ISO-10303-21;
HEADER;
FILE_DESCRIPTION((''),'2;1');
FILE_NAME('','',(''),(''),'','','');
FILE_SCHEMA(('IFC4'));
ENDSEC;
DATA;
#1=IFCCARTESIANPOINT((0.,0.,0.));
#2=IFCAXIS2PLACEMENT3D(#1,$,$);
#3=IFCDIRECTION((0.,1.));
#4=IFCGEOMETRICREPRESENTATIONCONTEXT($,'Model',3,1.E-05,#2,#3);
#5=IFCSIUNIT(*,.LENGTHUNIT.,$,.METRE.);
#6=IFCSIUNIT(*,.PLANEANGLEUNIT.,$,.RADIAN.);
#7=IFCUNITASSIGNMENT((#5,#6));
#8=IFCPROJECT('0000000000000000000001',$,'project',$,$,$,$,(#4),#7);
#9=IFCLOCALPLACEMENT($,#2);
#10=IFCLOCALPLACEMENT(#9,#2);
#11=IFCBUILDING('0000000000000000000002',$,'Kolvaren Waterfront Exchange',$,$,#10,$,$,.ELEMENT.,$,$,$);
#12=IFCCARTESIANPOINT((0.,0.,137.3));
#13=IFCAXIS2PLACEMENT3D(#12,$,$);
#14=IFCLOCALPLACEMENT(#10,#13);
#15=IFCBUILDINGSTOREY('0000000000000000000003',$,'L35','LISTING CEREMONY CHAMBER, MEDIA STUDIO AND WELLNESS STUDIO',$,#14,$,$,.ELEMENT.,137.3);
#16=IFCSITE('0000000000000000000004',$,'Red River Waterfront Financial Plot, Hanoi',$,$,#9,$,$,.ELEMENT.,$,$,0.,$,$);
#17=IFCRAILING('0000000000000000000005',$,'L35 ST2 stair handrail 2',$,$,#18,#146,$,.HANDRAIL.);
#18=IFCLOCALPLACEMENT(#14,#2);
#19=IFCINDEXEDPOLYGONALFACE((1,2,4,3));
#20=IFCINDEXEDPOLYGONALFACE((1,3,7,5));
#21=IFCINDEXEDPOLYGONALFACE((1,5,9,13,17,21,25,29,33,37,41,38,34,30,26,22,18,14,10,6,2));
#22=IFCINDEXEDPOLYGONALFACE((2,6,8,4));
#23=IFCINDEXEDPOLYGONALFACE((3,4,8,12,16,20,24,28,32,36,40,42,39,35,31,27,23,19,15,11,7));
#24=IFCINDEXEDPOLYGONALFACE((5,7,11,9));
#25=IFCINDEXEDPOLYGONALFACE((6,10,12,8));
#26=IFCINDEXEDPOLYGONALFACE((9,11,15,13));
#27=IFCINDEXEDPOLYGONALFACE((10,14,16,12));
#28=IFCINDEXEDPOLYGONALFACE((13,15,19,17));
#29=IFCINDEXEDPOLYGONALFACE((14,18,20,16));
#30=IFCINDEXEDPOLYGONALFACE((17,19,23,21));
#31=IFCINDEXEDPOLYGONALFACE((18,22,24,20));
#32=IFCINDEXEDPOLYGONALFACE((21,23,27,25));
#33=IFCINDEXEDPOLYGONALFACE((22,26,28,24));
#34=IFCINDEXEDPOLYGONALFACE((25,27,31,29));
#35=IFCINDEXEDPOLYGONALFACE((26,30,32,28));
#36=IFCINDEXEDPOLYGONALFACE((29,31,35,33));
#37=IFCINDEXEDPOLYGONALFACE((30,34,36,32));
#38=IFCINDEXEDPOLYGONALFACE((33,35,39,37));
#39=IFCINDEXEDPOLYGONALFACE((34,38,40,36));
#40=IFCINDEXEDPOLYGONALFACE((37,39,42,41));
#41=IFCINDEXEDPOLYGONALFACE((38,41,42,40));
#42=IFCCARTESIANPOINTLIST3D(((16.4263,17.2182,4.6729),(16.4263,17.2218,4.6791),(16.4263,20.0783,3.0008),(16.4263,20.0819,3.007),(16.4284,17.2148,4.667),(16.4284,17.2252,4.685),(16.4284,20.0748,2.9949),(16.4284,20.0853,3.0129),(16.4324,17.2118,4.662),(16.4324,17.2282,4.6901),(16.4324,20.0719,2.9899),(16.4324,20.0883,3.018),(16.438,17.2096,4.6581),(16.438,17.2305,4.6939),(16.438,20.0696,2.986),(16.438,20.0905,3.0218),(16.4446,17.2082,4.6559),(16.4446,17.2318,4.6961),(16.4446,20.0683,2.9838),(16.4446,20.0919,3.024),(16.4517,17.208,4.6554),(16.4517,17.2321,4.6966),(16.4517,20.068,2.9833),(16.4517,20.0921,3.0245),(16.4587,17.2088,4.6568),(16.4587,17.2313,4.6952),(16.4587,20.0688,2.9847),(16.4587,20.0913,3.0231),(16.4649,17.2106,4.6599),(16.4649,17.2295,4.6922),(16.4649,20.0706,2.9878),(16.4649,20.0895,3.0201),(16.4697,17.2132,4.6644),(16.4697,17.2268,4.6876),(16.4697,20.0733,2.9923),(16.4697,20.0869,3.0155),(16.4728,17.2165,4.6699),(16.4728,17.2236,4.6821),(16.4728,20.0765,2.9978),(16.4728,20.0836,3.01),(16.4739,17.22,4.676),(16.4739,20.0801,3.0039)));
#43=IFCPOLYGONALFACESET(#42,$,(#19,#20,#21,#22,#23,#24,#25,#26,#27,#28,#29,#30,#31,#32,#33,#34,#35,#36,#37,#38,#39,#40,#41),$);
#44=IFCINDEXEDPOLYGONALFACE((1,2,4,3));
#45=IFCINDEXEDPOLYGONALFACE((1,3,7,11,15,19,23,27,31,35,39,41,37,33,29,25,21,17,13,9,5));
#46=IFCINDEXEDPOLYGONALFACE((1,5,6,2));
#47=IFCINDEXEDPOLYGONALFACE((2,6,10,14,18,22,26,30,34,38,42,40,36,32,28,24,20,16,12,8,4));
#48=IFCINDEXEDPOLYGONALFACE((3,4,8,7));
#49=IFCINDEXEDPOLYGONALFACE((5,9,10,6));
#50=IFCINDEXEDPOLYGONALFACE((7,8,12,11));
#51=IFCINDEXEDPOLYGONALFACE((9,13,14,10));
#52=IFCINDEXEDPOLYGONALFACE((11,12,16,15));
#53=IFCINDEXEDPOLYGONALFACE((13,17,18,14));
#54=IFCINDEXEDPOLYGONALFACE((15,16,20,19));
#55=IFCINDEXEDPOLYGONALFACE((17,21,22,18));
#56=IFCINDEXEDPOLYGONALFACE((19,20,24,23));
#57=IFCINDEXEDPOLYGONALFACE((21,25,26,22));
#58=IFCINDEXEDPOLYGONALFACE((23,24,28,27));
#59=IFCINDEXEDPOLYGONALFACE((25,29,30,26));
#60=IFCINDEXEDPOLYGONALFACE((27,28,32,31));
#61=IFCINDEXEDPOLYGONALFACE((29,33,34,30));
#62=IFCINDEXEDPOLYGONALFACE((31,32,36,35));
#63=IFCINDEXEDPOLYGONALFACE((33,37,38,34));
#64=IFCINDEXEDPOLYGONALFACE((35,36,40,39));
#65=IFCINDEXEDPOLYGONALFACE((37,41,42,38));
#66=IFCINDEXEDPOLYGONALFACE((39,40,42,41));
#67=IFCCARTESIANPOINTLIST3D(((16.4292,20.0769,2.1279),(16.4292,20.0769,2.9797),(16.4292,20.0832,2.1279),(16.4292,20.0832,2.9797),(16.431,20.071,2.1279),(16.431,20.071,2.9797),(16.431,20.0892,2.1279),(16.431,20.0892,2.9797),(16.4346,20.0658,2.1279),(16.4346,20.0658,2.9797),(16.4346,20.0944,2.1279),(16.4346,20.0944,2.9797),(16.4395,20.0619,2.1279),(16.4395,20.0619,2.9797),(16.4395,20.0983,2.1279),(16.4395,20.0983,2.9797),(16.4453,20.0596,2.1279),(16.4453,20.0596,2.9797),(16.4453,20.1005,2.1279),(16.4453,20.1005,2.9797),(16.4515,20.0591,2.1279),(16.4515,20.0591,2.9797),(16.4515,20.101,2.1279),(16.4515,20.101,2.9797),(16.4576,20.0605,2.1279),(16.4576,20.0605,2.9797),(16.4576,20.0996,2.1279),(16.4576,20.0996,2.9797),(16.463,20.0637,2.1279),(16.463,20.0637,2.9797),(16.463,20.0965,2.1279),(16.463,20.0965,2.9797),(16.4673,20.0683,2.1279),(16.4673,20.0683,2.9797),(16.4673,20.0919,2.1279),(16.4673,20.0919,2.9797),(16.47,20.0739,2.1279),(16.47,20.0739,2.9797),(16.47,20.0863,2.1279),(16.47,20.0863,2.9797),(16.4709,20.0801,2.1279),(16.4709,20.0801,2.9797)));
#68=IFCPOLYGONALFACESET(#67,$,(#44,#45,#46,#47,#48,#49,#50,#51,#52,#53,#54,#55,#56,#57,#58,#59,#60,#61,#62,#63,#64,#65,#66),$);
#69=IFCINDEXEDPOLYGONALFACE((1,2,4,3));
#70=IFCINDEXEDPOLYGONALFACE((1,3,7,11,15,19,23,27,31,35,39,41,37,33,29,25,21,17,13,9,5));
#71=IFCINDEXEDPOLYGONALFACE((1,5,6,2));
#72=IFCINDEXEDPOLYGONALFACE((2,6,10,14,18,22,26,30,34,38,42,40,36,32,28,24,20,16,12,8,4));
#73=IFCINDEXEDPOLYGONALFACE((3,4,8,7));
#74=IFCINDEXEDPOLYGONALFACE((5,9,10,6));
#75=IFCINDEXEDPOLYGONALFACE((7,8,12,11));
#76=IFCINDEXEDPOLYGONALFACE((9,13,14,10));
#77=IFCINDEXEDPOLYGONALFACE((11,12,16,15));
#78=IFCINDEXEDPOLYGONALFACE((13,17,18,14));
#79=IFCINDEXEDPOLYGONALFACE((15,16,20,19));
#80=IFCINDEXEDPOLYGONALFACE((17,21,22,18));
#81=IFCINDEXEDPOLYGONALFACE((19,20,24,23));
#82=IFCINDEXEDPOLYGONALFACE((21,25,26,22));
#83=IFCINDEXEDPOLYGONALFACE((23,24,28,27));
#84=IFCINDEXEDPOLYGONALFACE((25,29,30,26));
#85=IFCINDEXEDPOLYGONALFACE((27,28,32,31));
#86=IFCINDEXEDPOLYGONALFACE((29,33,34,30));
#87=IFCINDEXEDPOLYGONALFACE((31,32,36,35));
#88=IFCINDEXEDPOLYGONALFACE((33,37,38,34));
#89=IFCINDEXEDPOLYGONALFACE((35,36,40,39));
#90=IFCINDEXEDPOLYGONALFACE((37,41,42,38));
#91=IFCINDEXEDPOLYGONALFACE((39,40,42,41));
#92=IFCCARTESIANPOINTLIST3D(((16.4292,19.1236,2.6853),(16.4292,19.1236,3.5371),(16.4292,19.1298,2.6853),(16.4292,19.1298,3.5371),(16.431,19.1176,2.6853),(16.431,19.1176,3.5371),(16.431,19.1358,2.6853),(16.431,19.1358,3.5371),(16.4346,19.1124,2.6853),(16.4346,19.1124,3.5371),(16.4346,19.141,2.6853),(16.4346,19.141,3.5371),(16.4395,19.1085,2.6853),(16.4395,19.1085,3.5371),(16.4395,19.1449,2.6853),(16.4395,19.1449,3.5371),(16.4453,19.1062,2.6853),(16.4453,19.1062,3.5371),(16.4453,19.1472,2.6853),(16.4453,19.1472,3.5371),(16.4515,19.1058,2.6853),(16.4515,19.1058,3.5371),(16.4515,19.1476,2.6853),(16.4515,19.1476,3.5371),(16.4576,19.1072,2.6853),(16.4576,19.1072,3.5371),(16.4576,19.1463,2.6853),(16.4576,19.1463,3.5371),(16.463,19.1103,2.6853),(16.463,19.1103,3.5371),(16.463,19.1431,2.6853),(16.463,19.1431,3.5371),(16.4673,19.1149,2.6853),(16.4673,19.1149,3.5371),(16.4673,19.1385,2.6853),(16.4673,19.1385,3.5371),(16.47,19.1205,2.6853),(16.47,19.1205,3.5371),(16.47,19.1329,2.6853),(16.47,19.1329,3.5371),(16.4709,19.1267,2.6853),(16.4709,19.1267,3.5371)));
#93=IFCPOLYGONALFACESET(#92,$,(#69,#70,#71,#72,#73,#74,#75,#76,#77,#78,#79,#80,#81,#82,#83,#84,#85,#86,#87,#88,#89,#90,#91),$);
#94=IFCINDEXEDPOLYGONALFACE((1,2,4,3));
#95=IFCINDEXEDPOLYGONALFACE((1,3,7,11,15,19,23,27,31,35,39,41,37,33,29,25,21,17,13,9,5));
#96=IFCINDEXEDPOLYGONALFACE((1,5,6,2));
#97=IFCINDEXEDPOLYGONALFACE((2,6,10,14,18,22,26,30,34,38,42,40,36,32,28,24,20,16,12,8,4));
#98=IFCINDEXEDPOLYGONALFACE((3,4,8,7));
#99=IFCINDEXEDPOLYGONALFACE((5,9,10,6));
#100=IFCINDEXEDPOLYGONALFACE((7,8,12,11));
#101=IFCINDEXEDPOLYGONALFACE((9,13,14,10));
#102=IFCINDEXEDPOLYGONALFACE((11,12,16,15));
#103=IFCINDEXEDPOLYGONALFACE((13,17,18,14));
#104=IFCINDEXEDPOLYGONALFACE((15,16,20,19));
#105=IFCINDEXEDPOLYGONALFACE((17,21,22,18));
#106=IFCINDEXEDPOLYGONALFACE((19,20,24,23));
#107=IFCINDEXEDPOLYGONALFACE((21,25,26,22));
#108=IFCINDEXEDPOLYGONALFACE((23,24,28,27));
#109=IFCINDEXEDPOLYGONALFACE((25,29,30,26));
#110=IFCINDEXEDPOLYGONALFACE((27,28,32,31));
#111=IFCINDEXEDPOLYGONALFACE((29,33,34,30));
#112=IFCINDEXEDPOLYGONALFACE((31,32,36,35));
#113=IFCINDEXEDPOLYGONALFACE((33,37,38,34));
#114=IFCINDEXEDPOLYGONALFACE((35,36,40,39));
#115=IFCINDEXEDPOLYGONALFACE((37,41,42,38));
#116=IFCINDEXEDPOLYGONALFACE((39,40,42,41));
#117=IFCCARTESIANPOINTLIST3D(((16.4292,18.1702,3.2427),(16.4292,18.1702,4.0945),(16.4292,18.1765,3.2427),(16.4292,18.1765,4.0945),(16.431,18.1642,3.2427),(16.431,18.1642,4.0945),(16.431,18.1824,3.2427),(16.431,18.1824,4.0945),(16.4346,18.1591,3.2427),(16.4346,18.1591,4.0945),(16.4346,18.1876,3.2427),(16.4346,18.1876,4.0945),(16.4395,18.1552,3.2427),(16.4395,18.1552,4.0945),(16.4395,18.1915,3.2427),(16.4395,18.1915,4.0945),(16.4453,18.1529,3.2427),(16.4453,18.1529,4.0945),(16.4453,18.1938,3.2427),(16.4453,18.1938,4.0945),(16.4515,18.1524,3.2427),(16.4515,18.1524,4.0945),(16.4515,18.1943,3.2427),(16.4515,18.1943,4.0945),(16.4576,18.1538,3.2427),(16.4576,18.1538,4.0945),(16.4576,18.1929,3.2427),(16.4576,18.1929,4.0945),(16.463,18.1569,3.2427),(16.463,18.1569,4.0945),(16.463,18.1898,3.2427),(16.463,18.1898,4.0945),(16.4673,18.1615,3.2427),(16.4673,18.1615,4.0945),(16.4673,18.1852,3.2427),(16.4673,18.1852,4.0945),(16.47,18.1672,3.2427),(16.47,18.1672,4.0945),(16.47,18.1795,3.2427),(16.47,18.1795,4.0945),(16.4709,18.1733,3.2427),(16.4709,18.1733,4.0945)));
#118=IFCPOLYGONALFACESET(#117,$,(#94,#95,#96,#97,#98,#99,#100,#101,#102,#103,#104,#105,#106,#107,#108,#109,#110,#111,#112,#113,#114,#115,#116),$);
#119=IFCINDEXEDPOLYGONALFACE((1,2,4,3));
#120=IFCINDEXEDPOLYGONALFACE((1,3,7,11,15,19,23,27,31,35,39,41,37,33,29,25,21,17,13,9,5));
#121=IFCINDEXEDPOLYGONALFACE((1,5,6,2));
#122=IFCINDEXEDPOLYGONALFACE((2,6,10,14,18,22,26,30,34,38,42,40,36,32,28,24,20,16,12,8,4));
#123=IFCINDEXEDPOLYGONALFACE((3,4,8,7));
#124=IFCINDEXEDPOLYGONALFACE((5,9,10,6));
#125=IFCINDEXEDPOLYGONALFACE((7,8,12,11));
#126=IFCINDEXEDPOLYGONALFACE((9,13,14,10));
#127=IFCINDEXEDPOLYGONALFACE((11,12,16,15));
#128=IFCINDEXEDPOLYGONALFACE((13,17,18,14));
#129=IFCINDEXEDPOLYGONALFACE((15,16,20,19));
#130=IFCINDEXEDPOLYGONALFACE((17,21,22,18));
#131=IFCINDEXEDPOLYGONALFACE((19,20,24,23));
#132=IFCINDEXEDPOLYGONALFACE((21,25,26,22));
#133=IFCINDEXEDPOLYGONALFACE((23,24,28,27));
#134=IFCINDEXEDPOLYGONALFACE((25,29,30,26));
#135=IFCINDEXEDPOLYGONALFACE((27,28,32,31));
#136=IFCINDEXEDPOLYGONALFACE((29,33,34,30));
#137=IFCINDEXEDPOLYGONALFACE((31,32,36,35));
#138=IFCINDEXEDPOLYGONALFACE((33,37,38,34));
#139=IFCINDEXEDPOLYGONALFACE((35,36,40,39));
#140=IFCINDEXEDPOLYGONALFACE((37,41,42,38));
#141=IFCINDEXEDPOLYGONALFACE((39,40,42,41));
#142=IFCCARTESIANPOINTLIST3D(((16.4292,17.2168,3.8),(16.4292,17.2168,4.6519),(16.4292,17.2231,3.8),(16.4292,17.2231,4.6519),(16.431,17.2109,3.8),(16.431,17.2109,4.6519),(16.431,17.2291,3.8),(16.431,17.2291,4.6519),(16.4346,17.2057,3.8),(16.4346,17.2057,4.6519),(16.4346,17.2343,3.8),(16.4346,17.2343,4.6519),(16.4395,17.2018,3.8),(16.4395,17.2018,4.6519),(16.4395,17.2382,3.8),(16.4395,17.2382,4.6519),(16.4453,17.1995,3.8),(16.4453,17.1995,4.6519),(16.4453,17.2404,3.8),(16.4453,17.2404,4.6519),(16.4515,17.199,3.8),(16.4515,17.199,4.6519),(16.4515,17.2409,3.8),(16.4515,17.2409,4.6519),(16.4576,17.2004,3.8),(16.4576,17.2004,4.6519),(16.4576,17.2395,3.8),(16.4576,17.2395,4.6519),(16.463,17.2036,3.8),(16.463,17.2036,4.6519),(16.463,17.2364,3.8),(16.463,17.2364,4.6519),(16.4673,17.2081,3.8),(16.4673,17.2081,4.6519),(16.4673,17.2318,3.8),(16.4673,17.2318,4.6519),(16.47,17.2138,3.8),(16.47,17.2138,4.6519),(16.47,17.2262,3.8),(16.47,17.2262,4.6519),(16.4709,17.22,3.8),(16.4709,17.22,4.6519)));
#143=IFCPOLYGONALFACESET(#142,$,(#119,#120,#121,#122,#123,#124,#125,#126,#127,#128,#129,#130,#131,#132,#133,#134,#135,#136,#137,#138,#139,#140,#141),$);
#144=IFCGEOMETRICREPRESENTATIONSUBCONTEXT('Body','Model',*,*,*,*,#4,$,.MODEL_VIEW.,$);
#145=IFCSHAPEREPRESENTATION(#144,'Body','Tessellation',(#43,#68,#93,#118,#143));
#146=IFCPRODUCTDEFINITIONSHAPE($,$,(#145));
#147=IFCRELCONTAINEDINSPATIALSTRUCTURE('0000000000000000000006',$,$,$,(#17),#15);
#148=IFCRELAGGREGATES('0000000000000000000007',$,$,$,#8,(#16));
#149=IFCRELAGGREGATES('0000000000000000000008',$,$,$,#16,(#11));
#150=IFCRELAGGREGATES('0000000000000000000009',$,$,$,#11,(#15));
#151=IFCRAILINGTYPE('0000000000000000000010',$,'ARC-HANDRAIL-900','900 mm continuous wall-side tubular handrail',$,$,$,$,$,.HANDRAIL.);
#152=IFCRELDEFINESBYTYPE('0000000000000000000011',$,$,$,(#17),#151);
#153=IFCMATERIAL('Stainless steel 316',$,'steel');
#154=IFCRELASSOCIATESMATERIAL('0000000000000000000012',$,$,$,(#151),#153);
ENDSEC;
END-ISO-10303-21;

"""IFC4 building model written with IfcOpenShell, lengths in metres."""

from ifc_helpers import new_model, si_unit, direction, frame, origin, origin_2d, place, context, subcontext, project, spatial, circle, extrude, material, type_object, element, save


model = new_model("IFC4")

# Units and contexts
model_context = context("Model", 3, precision=1e-05, world=origin(), true_north=direction((0.0, 1.0)))
body_context = subcontext(model_context, "Body", "Model", "MODEL_VIEW")
ifc_project = project(units=[si_unit("LENGTHUNIT", "METRE"), si_unit("PLANEANGLEUNIT", "RADIAN")], contexts=[model_context])

# Site, building, storey
site_placement = place(None, origin())
site = spatial("IfcSite", under=ifc_project, at=site_placement, Name="Red River Waterfront Financial Plot, Hanoi", CompositionType="ELEMENT", RefElevation=0.0)
building_placement = place(site_placement, origin())
building = spatial("IfcBuilding", under=site, at=building_placement, Name="Kolvaren Waterfront Exchange", CompositionType="ELEMENT")
storey_placement = place(building_placement, frame((0.0, 0.0, 137.3)))
storey = spatial("IfcBuildingStorey", under=building, at=storey_placement, Name="L35", Description="LISTING CEREMONY CHAMBER, MEDIA STUDIO AND WELLNESS STUDIO", CompositionType="ELEMENT", Elevation=137.3)

# Railing
ifc_material_1 = material(Name="Stainless steel 316", Category="steel")
railing_type_1 = type_object("IfcRailingType", Name="ARC-HANDRAIL-900", Description="900 mm continuous wall-side tubular handrail", PredefinedType="HANDRAIL", material=ifc_material_1)
railing_1_placement = place(storey_placement, frame((16.45, 20.0801, 2.1279)))
element("IfcRailing", 1, at=railing_1_placement, inside=storey, type_object=railing_type_1, Name="L35 ST2 stair handrail 2", PredefinedType="HANDRAIL", context=body_context, shape_type="SweptSolid", body=[
    extrude(circle(Radius=0.0239, at=origin_2d()), frame((0.0, 0.0, 0.876), z_axis=(0.0, -0.863289, 0.504709), x_axis=(1.0, 0.0, 0.0)), (0.0, 0.0, 1.0), 3.313),
    extrude(circle(Radius=0.021, at=origin_2d()), origin(), (0.0, 0.0, 1.0), 0.8518),
    extrude(circle(Radius=0.021, at=origin_2d()), frame((0.0, -0.9534, 0.5574)), (0.0, 0.0, 1.0), 0.8518),
    extrude(circle(Radius=0.021, at=origin_2d()), frame((0.0, -1.9067, 1.1147)), (0.0, 0.0, 1.0), 0.8518),
    extrude(circle(Radius=0.021, at=origin_2d()), frame((0.0, -2.8601, 1.6721)), (0.0, 0.0, 1.0), 0.8518),
])

save(model, "model.ifc")
